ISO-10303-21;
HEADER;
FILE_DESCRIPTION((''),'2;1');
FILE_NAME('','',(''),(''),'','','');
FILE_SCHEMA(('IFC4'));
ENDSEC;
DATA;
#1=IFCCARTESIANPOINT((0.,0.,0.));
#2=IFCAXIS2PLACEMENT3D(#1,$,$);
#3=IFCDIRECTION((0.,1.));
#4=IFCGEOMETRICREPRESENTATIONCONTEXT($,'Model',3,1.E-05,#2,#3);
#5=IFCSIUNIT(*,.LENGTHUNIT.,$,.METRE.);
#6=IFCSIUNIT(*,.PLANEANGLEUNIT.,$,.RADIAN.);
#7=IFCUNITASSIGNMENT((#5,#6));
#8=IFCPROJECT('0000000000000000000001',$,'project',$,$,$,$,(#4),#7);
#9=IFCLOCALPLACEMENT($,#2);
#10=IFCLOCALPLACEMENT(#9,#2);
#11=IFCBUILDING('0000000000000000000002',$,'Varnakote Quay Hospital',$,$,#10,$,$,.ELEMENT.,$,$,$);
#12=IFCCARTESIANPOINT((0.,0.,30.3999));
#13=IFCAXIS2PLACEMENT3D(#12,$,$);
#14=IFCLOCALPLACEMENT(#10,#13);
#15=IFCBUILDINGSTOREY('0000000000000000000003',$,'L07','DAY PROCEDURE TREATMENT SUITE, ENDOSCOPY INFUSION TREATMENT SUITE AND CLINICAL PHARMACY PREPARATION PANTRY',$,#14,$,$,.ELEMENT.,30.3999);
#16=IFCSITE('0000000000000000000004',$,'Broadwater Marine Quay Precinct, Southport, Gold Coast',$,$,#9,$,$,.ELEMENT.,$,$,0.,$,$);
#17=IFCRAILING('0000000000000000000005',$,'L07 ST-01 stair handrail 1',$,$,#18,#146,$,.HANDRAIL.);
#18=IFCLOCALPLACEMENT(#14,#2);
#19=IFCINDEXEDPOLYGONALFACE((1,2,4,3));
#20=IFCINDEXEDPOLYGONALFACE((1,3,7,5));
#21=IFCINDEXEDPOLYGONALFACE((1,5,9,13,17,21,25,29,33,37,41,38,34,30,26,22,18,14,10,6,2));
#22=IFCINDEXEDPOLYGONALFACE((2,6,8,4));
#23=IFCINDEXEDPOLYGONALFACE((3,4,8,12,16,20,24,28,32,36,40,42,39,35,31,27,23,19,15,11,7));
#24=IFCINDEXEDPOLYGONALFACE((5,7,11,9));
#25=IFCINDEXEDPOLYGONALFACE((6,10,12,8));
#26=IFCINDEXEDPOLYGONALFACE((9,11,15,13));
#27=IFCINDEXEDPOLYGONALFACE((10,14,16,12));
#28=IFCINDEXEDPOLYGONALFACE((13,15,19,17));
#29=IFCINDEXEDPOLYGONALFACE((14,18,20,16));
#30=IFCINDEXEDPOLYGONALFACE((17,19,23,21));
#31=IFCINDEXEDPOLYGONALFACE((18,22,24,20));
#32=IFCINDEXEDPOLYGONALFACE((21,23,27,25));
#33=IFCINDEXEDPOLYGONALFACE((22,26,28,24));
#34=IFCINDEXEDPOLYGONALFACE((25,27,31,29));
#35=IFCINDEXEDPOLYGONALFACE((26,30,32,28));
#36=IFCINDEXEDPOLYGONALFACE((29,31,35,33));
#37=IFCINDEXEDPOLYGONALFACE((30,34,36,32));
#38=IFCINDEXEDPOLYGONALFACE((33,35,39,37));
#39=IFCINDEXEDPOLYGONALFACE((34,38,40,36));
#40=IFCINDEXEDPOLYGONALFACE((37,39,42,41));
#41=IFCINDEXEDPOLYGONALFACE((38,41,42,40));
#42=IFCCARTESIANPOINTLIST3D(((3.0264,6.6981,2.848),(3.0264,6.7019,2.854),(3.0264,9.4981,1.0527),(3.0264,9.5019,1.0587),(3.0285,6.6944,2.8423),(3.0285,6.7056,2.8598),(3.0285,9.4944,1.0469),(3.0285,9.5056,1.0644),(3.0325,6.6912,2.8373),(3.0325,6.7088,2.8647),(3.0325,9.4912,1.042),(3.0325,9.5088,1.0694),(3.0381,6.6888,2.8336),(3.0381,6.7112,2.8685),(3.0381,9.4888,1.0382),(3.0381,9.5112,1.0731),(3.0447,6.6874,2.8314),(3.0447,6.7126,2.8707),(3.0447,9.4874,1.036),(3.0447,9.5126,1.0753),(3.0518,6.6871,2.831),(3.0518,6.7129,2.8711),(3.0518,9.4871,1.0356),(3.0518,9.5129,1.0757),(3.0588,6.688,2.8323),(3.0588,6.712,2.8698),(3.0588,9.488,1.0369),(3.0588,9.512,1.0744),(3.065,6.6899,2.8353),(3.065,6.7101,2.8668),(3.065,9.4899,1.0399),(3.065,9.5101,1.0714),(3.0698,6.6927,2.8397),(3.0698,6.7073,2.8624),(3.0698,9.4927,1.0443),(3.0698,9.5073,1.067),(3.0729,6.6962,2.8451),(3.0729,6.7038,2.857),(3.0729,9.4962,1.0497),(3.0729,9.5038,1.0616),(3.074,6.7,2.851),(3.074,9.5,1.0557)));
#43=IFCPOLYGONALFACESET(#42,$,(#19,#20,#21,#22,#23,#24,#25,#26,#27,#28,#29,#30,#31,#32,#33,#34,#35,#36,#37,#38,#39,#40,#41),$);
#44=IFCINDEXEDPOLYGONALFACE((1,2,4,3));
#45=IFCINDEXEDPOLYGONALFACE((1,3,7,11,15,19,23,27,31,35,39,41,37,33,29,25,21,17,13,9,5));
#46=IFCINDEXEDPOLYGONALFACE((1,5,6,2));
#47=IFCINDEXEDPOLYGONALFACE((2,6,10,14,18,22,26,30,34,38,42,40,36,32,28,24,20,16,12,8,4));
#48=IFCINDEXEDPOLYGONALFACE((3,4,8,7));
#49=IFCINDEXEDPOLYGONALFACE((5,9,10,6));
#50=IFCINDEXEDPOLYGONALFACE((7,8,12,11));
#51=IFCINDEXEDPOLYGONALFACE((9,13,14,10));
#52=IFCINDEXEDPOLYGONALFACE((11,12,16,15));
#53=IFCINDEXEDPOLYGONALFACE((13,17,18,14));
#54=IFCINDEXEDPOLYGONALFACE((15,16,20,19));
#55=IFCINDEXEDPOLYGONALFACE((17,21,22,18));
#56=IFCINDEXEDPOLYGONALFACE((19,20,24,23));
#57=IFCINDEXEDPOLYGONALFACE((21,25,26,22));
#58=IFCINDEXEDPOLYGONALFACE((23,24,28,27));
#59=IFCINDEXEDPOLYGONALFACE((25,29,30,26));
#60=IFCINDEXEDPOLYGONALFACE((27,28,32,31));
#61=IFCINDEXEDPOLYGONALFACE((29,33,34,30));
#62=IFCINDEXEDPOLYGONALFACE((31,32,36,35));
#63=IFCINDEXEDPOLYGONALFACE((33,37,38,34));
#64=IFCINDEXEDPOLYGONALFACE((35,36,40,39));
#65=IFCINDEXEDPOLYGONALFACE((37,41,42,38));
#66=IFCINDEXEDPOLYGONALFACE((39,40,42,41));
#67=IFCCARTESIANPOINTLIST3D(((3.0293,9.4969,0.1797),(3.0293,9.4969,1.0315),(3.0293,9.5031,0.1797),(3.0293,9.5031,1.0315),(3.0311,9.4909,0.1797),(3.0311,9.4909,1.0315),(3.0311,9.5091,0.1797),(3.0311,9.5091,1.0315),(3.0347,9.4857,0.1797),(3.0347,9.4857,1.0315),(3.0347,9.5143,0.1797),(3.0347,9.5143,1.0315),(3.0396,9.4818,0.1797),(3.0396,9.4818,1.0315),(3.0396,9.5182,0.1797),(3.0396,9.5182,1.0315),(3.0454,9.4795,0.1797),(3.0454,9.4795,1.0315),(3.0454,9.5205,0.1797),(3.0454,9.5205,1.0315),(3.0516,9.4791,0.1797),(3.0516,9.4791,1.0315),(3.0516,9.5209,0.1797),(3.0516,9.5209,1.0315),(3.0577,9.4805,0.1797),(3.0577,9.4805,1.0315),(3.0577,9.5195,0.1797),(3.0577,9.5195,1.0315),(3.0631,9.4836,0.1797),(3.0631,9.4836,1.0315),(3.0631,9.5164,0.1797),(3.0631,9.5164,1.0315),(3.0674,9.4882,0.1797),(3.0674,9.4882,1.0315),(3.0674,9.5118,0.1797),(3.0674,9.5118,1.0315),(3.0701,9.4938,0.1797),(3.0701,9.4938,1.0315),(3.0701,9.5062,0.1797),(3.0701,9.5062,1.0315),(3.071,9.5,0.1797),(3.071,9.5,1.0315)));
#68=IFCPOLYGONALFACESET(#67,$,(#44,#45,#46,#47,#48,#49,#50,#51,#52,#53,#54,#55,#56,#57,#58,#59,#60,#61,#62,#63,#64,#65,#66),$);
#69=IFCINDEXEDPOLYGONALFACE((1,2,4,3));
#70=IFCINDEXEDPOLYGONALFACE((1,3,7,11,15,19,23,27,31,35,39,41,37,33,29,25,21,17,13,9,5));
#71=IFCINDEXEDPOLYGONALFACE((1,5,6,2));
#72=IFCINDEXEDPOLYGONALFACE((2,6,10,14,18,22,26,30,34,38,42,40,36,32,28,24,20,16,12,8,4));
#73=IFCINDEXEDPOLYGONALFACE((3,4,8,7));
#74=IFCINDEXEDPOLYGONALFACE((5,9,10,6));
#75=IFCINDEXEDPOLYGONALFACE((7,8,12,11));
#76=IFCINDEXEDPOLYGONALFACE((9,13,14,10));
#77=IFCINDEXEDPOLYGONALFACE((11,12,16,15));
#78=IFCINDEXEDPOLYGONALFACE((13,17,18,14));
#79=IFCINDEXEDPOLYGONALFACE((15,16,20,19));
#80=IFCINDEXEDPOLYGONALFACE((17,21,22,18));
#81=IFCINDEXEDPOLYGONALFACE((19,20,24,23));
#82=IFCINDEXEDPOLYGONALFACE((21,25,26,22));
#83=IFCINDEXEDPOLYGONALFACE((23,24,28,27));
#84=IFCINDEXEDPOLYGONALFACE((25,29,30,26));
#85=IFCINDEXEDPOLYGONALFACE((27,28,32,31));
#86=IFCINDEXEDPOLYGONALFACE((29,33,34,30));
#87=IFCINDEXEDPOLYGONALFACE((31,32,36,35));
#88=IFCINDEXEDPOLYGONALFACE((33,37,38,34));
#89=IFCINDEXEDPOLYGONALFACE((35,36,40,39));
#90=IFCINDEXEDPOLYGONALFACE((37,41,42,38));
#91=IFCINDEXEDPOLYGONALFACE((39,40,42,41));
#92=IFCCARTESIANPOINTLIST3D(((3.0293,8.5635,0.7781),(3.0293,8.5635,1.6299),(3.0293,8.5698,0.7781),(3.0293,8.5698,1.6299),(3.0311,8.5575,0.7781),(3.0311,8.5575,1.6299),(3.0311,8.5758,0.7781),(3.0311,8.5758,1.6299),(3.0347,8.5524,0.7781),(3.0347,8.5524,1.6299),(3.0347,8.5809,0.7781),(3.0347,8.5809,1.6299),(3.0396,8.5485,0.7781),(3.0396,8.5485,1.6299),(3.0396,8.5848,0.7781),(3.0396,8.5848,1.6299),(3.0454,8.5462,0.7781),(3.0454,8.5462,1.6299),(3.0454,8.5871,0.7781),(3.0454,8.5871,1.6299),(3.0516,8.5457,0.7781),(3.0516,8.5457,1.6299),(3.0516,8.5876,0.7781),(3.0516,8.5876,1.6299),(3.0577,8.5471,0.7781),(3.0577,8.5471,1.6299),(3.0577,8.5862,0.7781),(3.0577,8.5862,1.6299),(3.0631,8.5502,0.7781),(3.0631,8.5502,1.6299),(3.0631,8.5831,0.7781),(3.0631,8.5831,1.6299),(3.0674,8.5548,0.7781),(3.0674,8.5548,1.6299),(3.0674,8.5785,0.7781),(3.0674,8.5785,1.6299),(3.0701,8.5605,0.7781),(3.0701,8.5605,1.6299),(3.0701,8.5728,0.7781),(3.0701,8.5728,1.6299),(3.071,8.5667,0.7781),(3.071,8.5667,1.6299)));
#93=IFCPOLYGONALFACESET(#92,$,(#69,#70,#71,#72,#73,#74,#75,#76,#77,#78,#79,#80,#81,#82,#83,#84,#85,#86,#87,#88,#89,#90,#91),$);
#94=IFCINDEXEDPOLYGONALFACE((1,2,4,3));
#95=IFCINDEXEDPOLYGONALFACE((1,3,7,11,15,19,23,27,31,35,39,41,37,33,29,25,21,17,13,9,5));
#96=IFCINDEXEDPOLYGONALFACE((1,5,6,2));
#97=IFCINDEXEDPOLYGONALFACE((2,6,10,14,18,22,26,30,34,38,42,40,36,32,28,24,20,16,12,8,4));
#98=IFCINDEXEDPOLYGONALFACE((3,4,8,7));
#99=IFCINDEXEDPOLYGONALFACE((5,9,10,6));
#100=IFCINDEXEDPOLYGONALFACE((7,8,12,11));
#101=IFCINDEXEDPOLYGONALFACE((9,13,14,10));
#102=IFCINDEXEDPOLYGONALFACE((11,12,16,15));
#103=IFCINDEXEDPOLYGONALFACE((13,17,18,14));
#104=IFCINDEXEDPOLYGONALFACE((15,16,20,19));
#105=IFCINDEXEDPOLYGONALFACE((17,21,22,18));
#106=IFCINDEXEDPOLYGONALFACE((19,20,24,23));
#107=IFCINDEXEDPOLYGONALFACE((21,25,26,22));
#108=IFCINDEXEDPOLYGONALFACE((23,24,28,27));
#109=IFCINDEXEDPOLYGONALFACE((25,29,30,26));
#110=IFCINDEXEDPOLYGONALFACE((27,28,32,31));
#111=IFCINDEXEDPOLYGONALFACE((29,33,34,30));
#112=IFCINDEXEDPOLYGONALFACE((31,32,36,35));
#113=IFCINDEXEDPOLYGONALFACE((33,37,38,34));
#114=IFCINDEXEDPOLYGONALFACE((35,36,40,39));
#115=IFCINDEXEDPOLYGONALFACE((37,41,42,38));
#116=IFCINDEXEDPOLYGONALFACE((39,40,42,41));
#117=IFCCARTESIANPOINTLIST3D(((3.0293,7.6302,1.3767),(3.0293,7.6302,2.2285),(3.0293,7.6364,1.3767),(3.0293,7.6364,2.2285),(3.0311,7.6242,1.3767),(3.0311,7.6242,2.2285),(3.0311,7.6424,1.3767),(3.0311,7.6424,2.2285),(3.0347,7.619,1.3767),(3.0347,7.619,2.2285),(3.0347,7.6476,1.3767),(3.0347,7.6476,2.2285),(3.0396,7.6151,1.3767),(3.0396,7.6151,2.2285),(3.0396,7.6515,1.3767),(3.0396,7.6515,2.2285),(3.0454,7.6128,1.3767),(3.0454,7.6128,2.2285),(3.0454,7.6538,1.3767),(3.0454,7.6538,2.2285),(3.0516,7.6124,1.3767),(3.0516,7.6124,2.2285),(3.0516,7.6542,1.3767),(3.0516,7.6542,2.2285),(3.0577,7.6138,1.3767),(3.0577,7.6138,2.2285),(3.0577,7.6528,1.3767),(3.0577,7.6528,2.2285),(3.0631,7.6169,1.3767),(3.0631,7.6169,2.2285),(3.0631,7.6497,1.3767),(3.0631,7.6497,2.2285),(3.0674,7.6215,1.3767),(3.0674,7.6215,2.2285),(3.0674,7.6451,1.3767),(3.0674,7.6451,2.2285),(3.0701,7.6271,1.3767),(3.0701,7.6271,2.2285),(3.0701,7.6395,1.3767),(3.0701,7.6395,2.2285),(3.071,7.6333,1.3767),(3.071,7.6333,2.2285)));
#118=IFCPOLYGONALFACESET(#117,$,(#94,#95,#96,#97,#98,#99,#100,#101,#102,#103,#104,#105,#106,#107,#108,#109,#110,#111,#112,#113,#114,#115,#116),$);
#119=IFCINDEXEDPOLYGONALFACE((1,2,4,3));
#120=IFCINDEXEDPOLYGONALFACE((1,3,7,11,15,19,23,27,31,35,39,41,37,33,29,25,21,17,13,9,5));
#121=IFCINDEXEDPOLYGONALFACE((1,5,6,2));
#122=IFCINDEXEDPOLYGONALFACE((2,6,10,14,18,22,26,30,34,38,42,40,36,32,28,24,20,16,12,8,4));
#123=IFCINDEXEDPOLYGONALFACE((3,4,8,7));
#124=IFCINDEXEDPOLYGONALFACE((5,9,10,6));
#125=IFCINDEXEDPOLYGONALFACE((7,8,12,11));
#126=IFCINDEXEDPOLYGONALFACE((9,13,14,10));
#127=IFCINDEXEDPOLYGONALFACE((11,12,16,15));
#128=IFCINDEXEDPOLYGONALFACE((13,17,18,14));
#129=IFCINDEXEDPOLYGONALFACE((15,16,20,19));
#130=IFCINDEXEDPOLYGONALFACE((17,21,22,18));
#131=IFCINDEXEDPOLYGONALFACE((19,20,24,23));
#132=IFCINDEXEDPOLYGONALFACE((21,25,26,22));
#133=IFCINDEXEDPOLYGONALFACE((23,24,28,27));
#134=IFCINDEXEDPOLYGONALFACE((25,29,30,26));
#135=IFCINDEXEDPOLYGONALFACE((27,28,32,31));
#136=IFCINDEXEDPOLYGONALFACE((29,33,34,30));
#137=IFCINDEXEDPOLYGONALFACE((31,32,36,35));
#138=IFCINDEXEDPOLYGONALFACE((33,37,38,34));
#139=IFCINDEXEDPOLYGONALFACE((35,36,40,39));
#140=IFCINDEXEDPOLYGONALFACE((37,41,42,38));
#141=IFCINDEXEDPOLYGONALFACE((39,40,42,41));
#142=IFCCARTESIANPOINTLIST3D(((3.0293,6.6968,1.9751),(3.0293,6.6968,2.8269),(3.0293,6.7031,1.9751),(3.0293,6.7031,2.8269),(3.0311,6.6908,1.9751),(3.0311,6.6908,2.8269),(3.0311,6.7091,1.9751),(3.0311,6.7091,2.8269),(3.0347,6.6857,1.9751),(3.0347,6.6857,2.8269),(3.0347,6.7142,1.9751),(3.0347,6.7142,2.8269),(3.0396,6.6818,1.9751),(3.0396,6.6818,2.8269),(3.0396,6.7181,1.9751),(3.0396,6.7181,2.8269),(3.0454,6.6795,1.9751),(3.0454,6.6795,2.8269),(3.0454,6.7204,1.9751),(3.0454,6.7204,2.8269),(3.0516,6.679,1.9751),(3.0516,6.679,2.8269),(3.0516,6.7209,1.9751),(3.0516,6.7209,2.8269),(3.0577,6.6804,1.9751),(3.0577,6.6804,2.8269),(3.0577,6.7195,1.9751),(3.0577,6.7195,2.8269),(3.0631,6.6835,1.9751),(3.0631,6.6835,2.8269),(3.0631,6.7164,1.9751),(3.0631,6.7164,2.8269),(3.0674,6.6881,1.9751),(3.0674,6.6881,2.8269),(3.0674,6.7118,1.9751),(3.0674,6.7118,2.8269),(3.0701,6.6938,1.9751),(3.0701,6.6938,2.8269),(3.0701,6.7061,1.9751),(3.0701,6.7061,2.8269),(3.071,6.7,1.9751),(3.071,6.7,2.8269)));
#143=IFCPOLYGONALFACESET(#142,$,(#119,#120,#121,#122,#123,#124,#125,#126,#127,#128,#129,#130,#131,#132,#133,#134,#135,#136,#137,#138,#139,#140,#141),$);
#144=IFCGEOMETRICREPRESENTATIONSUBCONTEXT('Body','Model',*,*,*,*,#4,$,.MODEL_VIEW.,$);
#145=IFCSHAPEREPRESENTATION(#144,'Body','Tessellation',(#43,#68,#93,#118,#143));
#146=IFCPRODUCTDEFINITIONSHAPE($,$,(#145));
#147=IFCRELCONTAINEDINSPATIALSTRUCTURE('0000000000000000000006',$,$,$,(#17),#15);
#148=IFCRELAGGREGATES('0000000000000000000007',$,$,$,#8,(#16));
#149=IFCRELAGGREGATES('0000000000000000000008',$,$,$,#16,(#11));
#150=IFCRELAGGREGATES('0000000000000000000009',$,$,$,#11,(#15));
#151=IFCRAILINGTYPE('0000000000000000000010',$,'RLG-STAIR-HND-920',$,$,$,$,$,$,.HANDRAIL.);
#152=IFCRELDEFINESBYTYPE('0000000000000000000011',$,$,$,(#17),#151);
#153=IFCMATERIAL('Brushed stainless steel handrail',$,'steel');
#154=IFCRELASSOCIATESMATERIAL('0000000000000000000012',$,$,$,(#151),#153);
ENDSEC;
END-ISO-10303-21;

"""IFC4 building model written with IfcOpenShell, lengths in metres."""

from ifc_helpers import new_model, si_unit, direction, frame, origin, origin_2d, place, context, subcontext, project, spatial, circle, extrude, material, type_object, element, save


model = new_model("IFC4")

# Units and contexts
model_context = context("Model", 3, precision=1e-05, world=origin(), true_north=direction((0.0, 1.0)))
body_context = subcontext(model_context, "Body", "Model", "MODEL_VIEW")
ifc_project = project(units=[si_unit("LENGTHUNIT", "METRE"), si_unit("PLANEANGLEUNIT", "RADIAN")], contexts=[model_context])

# Site, building, storey
site_placement = place(None, origin())
site = spatial("IfcSite", under=ifc_project, at=site_placement, Name="Broadwater Marine Quay Precinct, Southport, Gold Coast", CompositionType="ELEMENT", RefElevation=0.0)
building_placement = place(site_placement, origin())
building = spatial("IfcBuilding", under=site, at=building_placement, Name="Varnakote Quay Hospital", CompositionType="ELEMENT")
storey_placement = place(building_placement, frame((0.0, 0.0, 30.3999)))
storey = spatial("IfcBuildingStorey", under=building, at=storey_placement, Name="L07", Description="DAY PROCEDURE TREATMENT SUITE, ENDOSCOPY INFUSION TREATMENT SUITE AND CLINICAL PHARMACY PREPARATION PANTRY", CompositionType="ELEMENT", Elevation=30.3999)

# Railing
ifc_material_1 = material(Name="Brushed stainless steel handrail", Category="steel")
railing_type_1 = type_object("IfcRailingType", Name="RLG-STAIR-HND-920", PredefinedType="HANDRAIL", material=ifc_material_1)
railing_1_placement = place(storey_placement, frame((3.05, 9.5, 0.1797)))
element("IfcRailing", 1, at=railing_1_placement, inside=storey, type_object=railing_type_1, Name="L07 ST-01 stair handrail 1", PredefinedType="HANDRAIL", context=body_context, shape_type="SweptSolid", body=[
    extrude(circle(Radius=0.0239, at=origin_2d()), frame((0.0, 0.0, 0.876), z_axis=(0.0, -0.84181, 0.539774), x_axis=(1.0, 0.0, 0.0)), (0.0, 0.0, 1.0), 3.3262),
    extrude(circle(Radius=0.021, at=origin_2d()), origin(), (0.0, 0.0, 1.0), 0.8518),
    extrude(circle(Radius=0.021, at=origin_2d()), frame((0.0, -0.9333, 0.5984)), (0.0, 0.0, 1.0), 0.8518),
    extrude(circle(Radius=0.021, at=origin_2d()), frame((0.0, -1.8667, 1.197)), (0.0, 0.0, 1.0), 0.8518),
    extrude(circle(Radius=0.021, at=origin_2d()), frame((0.0, -2.8, 1.7954)), (0.0, 0.0, 1.0), 0.8518),
])

save(model, "model.ifc")
